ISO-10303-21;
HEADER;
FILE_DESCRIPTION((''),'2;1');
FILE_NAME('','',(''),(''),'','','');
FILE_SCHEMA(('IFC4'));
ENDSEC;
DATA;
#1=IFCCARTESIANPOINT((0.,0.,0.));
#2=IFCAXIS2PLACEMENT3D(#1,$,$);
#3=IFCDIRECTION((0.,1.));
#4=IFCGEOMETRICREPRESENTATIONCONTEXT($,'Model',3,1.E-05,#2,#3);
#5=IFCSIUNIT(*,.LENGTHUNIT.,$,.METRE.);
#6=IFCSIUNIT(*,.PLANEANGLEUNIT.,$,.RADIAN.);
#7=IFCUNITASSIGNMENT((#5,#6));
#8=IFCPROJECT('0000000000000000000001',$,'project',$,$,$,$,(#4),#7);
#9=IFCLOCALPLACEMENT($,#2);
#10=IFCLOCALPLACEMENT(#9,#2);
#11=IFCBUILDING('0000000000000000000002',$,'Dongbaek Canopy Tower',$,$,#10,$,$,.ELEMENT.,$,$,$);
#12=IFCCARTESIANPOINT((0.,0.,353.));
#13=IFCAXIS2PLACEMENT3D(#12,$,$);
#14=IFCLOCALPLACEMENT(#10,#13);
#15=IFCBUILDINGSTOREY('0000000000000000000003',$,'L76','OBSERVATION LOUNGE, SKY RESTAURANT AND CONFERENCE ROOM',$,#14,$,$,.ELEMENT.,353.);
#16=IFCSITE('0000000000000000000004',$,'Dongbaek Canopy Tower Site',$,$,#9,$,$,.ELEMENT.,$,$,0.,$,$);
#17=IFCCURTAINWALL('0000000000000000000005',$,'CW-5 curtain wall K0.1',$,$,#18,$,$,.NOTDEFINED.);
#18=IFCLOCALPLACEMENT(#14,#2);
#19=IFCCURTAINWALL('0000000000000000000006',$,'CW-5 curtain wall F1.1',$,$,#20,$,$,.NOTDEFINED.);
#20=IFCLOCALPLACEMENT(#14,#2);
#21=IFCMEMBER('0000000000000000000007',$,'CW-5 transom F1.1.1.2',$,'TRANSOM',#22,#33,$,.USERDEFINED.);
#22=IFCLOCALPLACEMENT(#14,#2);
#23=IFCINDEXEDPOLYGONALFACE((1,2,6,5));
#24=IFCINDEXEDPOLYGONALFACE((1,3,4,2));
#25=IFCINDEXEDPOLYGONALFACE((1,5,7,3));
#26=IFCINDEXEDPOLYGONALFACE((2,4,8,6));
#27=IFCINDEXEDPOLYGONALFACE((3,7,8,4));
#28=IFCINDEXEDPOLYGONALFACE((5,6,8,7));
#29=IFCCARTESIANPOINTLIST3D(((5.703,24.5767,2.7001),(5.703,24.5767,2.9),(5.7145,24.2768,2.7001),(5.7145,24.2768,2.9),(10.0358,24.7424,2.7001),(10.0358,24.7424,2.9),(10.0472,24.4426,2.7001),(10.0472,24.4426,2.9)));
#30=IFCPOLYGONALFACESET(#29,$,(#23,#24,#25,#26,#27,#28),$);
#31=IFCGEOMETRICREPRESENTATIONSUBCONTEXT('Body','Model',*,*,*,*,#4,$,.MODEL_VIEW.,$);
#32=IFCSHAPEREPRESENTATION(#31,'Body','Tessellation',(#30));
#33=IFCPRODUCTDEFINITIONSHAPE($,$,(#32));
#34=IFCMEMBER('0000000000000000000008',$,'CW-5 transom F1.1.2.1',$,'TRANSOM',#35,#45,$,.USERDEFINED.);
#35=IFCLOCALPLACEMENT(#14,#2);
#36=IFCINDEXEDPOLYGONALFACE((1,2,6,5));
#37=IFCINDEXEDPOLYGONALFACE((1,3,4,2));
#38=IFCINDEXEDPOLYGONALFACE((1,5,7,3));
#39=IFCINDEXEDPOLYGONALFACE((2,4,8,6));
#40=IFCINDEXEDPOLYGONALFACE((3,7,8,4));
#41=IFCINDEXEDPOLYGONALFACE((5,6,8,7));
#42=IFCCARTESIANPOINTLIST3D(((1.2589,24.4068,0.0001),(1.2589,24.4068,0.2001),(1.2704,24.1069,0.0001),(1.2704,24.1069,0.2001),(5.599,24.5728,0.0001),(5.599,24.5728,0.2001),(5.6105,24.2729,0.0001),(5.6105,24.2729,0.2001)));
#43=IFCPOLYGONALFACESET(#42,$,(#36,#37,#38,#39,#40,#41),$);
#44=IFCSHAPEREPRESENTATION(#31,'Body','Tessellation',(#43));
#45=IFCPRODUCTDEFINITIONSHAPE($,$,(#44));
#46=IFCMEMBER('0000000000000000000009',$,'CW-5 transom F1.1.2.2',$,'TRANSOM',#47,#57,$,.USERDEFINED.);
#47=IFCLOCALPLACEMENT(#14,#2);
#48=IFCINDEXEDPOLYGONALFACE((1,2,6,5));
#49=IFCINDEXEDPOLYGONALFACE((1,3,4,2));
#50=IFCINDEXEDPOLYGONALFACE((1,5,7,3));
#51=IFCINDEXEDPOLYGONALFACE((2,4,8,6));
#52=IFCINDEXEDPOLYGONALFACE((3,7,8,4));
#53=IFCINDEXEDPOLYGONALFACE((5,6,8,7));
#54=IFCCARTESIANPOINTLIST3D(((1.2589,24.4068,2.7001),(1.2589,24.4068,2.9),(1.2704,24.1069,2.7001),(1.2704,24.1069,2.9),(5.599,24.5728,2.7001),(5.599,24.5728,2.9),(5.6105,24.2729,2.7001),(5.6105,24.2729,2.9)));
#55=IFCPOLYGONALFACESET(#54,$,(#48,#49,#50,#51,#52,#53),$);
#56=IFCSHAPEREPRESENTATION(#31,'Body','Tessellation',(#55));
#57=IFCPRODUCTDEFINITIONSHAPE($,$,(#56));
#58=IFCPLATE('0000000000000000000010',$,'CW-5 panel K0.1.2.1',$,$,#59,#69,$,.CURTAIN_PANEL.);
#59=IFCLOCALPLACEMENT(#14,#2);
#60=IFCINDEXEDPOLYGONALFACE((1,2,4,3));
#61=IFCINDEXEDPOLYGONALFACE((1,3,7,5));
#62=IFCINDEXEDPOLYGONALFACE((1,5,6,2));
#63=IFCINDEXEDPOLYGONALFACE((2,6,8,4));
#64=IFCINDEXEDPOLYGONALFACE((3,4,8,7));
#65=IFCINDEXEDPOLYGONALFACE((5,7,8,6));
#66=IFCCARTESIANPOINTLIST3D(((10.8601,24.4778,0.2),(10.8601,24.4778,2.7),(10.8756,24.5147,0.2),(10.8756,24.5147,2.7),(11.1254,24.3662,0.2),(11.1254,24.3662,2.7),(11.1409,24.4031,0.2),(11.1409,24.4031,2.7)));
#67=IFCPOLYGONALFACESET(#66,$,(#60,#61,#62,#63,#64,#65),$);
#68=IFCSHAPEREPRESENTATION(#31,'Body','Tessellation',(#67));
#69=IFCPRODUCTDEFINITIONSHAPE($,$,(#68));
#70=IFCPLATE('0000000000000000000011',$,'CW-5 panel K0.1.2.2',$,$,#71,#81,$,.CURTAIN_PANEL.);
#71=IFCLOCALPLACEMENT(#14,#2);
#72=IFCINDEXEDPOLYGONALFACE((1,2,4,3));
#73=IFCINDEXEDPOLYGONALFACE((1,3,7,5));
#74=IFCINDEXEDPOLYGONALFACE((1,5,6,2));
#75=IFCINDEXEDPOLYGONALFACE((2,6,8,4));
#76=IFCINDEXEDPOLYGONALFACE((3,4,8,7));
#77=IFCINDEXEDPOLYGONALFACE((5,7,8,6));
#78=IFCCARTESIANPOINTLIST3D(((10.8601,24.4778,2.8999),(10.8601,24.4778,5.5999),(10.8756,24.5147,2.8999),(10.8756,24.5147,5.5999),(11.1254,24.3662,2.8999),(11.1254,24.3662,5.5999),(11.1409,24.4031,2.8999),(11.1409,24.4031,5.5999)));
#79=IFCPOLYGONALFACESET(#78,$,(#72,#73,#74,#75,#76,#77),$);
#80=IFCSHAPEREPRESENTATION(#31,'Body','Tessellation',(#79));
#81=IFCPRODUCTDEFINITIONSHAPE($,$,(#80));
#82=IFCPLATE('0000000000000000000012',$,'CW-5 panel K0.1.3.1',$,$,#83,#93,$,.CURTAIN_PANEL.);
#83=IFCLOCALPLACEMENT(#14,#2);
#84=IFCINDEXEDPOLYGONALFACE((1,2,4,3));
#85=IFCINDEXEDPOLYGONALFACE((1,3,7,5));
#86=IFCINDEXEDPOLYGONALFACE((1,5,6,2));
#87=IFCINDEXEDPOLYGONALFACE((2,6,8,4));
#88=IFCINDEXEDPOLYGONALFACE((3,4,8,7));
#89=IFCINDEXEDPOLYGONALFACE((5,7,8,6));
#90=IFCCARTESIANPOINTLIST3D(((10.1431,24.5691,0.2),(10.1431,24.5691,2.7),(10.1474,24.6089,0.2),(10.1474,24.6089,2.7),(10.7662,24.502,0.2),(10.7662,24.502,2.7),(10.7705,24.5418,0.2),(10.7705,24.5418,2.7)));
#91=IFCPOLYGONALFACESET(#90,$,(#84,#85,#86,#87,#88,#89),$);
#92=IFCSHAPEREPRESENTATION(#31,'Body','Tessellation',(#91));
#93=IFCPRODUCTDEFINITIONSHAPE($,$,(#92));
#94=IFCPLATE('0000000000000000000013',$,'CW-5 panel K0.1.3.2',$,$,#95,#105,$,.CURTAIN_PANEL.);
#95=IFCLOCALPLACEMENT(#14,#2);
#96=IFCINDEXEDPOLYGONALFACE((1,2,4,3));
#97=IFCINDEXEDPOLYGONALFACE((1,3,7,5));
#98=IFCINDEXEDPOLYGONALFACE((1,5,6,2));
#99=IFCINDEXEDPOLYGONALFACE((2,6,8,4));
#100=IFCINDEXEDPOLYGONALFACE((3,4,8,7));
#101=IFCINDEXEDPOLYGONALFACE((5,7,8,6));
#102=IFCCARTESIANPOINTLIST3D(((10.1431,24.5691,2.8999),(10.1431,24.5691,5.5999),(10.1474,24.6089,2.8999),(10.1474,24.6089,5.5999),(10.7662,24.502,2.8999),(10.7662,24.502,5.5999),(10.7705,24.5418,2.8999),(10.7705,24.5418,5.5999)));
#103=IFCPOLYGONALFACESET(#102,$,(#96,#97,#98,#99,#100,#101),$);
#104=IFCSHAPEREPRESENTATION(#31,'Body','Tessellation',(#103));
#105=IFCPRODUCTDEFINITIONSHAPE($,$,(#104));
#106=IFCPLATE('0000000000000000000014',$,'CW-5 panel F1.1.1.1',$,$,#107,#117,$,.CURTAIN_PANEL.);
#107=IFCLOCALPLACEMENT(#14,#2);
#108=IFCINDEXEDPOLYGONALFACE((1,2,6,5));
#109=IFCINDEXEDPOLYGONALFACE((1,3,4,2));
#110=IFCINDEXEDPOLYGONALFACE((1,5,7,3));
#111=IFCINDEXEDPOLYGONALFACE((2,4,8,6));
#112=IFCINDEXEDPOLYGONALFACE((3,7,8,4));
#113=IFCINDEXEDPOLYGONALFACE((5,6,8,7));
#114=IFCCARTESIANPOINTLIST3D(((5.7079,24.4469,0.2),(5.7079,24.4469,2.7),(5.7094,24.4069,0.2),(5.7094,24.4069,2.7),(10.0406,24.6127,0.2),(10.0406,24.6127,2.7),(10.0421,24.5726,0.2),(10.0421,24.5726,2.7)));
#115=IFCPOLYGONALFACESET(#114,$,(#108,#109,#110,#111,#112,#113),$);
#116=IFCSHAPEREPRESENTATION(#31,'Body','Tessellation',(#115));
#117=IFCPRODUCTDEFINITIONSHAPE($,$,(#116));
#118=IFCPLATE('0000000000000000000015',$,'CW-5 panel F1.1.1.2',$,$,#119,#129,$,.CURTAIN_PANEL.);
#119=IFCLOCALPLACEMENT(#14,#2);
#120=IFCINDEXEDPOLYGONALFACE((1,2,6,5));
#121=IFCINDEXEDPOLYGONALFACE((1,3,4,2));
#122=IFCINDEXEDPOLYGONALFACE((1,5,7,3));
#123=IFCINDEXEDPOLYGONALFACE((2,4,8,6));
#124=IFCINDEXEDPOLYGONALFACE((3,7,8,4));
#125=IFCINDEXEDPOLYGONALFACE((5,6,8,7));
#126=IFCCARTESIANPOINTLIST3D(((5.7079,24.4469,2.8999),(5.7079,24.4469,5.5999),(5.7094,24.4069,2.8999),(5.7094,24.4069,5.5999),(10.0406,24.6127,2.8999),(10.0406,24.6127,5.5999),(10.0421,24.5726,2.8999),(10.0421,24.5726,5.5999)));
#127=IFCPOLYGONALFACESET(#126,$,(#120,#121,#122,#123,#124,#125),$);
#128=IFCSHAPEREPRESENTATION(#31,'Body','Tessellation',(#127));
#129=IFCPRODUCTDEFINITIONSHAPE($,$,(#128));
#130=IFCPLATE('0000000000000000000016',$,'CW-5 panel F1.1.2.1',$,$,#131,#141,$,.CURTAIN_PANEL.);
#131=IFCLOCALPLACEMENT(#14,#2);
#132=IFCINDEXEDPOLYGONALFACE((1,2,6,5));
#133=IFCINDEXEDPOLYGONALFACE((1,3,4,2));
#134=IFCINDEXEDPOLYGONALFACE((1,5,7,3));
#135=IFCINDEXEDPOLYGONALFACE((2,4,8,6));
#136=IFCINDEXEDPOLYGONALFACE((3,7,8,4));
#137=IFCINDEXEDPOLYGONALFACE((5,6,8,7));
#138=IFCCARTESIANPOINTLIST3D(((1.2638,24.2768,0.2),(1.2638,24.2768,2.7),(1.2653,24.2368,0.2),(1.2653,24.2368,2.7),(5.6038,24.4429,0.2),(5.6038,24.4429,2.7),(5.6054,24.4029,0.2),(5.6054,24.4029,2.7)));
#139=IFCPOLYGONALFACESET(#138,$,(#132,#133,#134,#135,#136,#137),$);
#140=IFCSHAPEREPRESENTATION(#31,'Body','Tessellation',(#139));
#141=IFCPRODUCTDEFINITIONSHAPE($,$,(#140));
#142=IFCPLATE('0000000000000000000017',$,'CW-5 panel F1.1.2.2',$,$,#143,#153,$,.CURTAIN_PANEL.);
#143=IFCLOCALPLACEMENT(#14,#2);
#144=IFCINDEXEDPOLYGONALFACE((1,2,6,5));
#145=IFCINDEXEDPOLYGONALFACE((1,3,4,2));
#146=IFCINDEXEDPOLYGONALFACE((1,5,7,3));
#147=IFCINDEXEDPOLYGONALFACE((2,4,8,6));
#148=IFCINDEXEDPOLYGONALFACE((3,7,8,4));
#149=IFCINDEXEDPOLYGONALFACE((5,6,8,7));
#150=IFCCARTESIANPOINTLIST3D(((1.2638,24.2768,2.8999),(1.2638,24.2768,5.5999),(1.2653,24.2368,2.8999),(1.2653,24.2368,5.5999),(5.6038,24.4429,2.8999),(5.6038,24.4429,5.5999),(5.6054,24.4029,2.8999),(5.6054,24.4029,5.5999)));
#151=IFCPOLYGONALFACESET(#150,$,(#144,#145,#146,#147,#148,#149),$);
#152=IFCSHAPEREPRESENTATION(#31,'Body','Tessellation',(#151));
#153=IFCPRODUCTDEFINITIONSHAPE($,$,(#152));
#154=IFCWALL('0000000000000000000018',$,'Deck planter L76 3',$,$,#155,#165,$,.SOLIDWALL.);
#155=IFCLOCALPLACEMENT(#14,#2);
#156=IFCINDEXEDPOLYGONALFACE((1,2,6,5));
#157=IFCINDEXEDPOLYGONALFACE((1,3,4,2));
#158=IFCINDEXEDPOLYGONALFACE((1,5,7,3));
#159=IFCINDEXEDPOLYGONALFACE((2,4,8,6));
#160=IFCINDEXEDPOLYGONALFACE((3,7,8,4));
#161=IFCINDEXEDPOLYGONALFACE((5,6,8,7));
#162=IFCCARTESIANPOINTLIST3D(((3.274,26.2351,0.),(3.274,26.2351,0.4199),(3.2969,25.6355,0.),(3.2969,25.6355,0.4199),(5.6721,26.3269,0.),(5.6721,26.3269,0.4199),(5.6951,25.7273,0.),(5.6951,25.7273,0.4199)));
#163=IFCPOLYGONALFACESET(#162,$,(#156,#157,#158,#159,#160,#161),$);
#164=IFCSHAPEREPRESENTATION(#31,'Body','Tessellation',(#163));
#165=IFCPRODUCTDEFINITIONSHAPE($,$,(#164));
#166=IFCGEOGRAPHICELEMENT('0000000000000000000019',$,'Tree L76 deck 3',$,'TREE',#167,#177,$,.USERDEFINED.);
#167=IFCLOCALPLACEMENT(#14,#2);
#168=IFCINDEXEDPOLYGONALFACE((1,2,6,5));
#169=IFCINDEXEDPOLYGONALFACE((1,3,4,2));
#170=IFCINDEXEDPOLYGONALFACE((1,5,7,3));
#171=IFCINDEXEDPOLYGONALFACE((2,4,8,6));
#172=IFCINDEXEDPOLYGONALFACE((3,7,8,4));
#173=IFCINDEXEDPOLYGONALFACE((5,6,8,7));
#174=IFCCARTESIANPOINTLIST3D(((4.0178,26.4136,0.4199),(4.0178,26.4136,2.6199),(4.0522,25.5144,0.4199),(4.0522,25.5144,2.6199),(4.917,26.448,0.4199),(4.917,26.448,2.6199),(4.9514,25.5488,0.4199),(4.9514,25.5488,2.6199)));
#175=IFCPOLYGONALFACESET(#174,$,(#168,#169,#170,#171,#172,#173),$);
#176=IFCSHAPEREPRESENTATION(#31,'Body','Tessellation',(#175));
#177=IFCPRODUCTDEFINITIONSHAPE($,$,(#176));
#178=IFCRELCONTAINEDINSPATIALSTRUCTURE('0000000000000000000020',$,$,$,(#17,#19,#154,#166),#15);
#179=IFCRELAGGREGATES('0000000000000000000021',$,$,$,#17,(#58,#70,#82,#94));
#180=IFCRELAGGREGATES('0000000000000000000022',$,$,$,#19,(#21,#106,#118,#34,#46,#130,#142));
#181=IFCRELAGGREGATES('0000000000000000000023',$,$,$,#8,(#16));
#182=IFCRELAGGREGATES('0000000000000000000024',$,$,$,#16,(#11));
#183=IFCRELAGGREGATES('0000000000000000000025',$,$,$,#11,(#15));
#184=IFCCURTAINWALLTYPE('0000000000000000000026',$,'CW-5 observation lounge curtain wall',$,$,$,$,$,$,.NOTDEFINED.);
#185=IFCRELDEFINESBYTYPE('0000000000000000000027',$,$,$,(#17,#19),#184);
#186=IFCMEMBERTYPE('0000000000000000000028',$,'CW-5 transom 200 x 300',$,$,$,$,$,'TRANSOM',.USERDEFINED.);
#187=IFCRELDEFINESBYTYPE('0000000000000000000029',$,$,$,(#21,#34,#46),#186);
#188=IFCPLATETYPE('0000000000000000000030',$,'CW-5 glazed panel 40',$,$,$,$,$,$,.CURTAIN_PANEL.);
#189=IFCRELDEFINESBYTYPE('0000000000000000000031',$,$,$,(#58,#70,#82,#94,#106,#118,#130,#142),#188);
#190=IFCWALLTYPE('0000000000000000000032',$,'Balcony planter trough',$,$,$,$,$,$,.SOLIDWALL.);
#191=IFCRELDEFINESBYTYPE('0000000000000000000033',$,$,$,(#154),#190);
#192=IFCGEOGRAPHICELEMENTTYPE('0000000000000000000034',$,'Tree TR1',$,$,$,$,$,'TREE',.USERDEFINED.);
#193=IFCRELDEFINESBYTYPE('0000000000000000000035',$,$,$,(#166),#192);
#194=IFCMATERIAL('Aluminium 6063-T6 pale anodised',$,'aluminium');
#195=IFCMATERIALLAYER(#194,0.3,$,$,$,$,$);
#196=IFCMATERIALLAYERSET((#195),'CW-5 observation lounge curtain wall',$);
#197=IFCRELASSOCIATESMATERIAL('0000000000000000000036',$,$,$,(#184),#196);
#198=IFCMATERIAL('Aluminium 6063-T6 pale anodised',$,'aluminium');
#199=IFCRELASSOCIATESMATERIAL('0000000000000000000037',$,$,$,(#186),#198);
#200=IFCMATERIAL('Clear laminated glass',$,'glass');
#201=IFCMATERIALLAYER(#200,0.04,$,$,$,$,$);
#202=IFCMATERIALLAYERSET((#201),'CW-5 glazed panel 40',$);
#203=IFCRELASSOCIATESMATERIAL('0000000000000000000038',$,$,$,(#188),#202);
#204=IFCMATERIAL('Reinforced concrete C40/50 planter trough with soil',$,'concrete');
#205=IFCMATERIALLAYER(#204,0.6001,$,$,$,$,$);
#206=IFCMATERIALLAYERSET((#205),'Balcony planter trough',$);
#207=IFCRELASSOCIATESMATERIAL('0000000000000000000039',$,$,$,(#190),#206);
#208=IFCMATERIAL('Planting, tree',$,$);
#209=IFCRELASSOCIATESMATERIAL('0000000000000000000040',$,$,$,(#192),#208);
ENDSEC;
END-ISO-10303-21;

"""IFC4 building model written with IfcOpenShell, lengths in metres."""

from ifc_helpers import new_model, si_unit, direction, frame, frame_2d, origin, origin_2d, place, context, subcontext, project, spatial, rectangle, extrude, material, layer, layer_set, material_profile, profile_set, type_object, element, aggregate, save


model = new_model("IFC4")

# Units and contexts
model_context = context("Model", 3, precision=1e-05, world=origin(), true_north=direction((0.0, 1.0)))
body_context = subcontext(model_context, "Body", "Model", "MODEL_VIEW")
ifc_project = project(units=[si_unit("LENGTHUNIT", "METRE"), si_unit("PLANEANGLEUNIT", "RADIAN")], contexts=[model_context])

# Site, building, storey
site_placement = place(None, origin())
site = spatial("IfcSite", under=ifc_project, at=site_placement, Name="Dongbaek Canopy Tower Site", CompositionType="ELEMENT", RefElevation=0.0)
building_placement = place(site_placement, origin())
building = spatial("IfcBuilding", under=site, at=building_placement, Name="Dongbaek Canopy Tower", CompositionType="ELEMENT")
storey_placement = place(building_placement, frame((0.0, 0.0, 353.0)))
storey = spatial("IfcBuildingStorey", under=building, at=storey_placement, Name="L76", Description="OBSERVATION LOUNGE, SKY RESTAURANT AND CONFERENCE ROOM", CompositionType="ELEMENT", Elevation=353.0)

# Curtain walls
ifc_material_1 = material(Name="Aluminium 6063-T6 pale anodised", Category="aluminium")
ifc_layer_1 = layer(ifc_material_1, 0.3)
ifc_layer_set_1 = layer_set([ifc_layer_1], Name="CW-5 observation lounge curtain wall")
curtain_wall_type = type_object("IfcCurtainWallType", Name="CW-5 observation lounge curtain wall", PredefinedType="NOTDEFINED", material=ifc_layer_set_1)
curtain_wall_1_placement = place(storey_placement, origin())
curtain_wall_1 = element("IfcCurtainWall", 1, at=curtain_wall_1_placement, inside=storey, type_object=curtain_wall_type, Name="CW-5 curtain wall K0.1", PredefinedType="NOTDEFINED")
curtain_wall_2_placement = place(storey_placement, origin())
curtain_wall_2 = element("IfcCurtainWall", 2, at=curtain_wall_2_placement, inside=storey, type_object=curtain_wall_type, Name="CW-5 curtain wall F1.1", PredefinedType="NOTDEFINED")

# Members
ifc_material_2 = material(Name="Aluminium 6063-T6 pale anodised", Category="aluminium")
ifc_material_profile_1 = material_profile(ifc_material_2, rectangle(XDim=0.3, YDim=0.2, at=origin_2d()), Name="CW-5 transom 200 x 300")
ifc_profile_set_1 = profile_set([ifc_material_profile_1], Name="Aluminium 6063-T6 pale anodised")
member_type_1 = type_object("IfcMemberType", Name="CW-5 transom 200 x 300", ElementType="TRANSOM", PredefinedType="USERDEFINED", material=ifc_profile_set_1)
member_1_placement = place(storey_placement, frame((10.0415, 24.5925, 2.8), z_axis=(-0.999269, -0.038232, 0.0), x_axis=(0.038232, -0.999269, 0.0)))
member_1 = element("IfcMember", 3, at=member_1_placement, type_object=member_type_1, Name="CW-5 transom F1.1.1.2", ObjectType="TRANSOM", PredefinedType="USERDEFINED", context=body_context, shape_type="SweptSolid", body=[
    extrude(rectangle(XDim=0.3, YDim=0.2, at=origin_2d()), origin(), (0.0, 0.0, 1.0), 4.3359),
])
member_2_placement = place(storey_placement, frame((5.6047, 24.4229, 0.1001), z_axis=(-0.999269, -0.038224, 0.0), x_axis=(0.038224, -0.999269, 0.0)))
member_2 = element("IfcMember", 4, at=member_2_placement, type_object=member_type_1, Name="CW-5 transom F1.1.2.1", ObjectType="TRANSOM", PredefinedType="USERDEFINED", context=body_context, shape_type="SweptSolid", body=[
    extrude(rectangle(XDim=0.3, YDim=0.2, at=origin_2d()), origin(), (0.0, 0.0, 1.0), 4.3433),
])
member_3_placement = place(storey_placement, frame((5.6047, 24.4229, 2.8), z_axis=(-0.999269, -0.038224, 0.0), x_axis=(0.038224, -0.999269, 0.0)))
member_3 = element("IfcMember", 5, at=member_3_placement, type_object=member_type_1, Name="CW-5 transom F1.1.2.2", ObjectType="TRANSOM", PredefinedType="USERDEFINED", context=body_context, shape_type="SweptSolid", body=[
    extrude(rectangle(XDim=0.3, YDim=0.2, at=origin_2d()), origin(), (0.0, 0.0, 1.0), 4.3433),
])

# Plates
ifc_material_3 = material(Name="Clear laminated glass", Category="glass")
ifc_layer_2 = layer(ifc_material_3, 0.04)
ifc_layer_set_2 = layer_set([ifc_layer_2], Name="CW-5 glazed panel 40")
plate_type = type_object("IfcPlateType", Name="CW-5 glazed panel 40", PredefinedType="CURTAIN_PANEL", material=ifc_layer_set_2)
plate_1_placement = place(storey_placement, frame((11.0005, 24.4404, 0.2), z_axis=(0.0, 0.0, 1.0), x_axis=(-0.921712, 0.387874, 0.0)))
plate_1 = element("IfcPlate", 6, at=plate_1_placement, type_object=plate_type, Name="CW-5 panel K0.1.2.1", PredefinedType="CURTAIN_PANEL", context=body_context, shape_type="SweptSolid", body=[
    extrude(rectangle(XDim=0.2878, YDim=0.04, at=origin_2d()), origin(), (0.0, 0.0, 1.0), 2.5),
])
plate_2_placement = place(storey_placement, frame((11.0005, 24.4404, 2.8999), z_axis=(0.0, 0.0, 1.0), x_axis=(-0.921712, 0.387874, 0.0)))
plate_2 = element("IfcPlate", 7, at=plate_2_placement, type_object=plate_type, Name="CW-5 panel K0.1.2.2", PredefinedType="CURTAIN_PANEL", context=body_context, shape_type="SweptSolid", body=[
    extrude(rectangle(XDim=0.2878, YDim=0.04, at=origin_2d()), origin(), (0.0, 0.0, 1.0), 2.7),
])
plate_3_placement = place(storey_placement, frame((10.4568, 24.5554, 0.2), z_axis=(0.0, 0.0, 1.0), x_axis=(-0.994251, 0.107074, 0.0)))
plate_3 = element("IfcPlate", 8, at=plate_3_placement, type_object=plate_type, Name="CW-5 panel K0.1.3.1", PredefinedType="CURTAIN_PANEL", context=body_context, shape_type="SweptSolid", body=[
    extrude(rectangle(XDim=0.6267, YDim=0.04, at=origin_2d()), origin(), (0.0, 0.0, 1.0), 2.5),
])
plate_4_placement = place(storey_placement, frame((10.4568, 24.5554, 2.8999), z_axis=(0.0, 0.0, 1.0), x_axis=(-0.994251, 0.107074, 0.0)))
plate_4 = element("IfcPlate", 9, at=plate_4_placement, type_object=plate_type, Name="CW-5 panel K0.1.3.2", PredefinedType="CURTAIN_PANEL", context=body_context, shape_type="SweptSolid", body=[
    extrude(rectangle(XDim=0.6267, YDim=0.04, at=origin_2d()), origin(), (0.0, 0.0, 1.0), 2.7),
])
aggregate(curtain_wall_1, [plate_1, plate_2, plate_3, plate_4])
plate_5_placement = place(storey_placement, frame((7.875, 24.5098, 0.2), z_axis=(0.0, 0.0, 1.0), x_axis=(-0.999269, -0.038232, 0.0)))
plate_5 = element("IfcPlate", 10, at=plate_5_placement, type_object=plate_type, Name="CW-5 panel F1.1.1.1", PredefinedType="CURTAIN_PANEL", context=body_context, shape_type="SweptSolid", body=[
    extrude(rectangle(XDim=4.3359, YDim=0.04, at=origin_2d()), origin(), (0.0, 0.0, 1.0), 2.5),
])
plate_6_placement = place(storey_placement, frame((7.875, 24.5098, 2.8999), z_axis=(0.0, 0.0, 1.0), x_axis=(-0.999269, -0.038232, 0.0)))
plate_6 = element("IfcPlate", 11, at=plate_6_placement, type_object=plate_type, Name="CW-5 panel F1.1.1.2", PredefinedType="CURTAIN_PANEL", context=body_context, shape_type="SweptSolid", body=[
    extrude(rectangle(XDim=4.3359, YDim=0.04, at=origin_2d()), origin(), (0.0, 0.0, 1.0), 2.7),
])
plate_7_placement = place(storey_placement, frame((3.4346, 24.3398, 0.2), z_axis=(0.0, 0.0, 1.0), x_axis=(-0.999269, -0.038232, 0.0)))
plate_7 = element("IfcPlate", 12, at=plate_7_placement, type_object=plate_type, Name="CW-5 panel F1.1.2.1", PredefinedType="CURTAIN_PANEL", context=body_context, shape_type="SweptSolid", body=[
    extrude(rectangle(XDim=4.3433, YDim=0.04, at=origin_2d()), origin(), (0.0, 0.0, 1.0), 2.5),
])
plate_8_placement = place(storey_placement, frame((3.4346, 24.3398, 2.8999), z_axis=(0.0, 0.0, 1.0), x_axis=(-0.999269, -0.038232, 0.0)))
plate_8 = element("IfcPlate", 13, at=plate_8_placement, type_object=plate_type, Name="CW-5 panel F1.1.2.2", PredefinedType="CURTAIN_PANEL", context=body_context, shape_type="SweptSolid", body=[
    extrude(rectangle(XDim=4.3433, YDim=0.04, at=origin_2d()), origin(), (0.0, 0.0, 1.0), 2.7),
])
aggregate(curtain_wall_2, [member_1, plate_5, plate_6, member_2, member_3, plate_7, plate_8])

# Wall
ifc_material_4 = material(Name="Reinforced concrete C40/50 planter trough with soil", Category="concrete")
ifc_layer_3 = layer(ifc_material_4, 0.6001)
ifc_layer_set_3 = layer_set([ifc_layer_3], Name="Balcony planter trough")
wall_type = type_object("IfcWallType", Name="Balcony planter trough", PredefinedType="SOLIDWALL", material=ifc_layer_set_3)
wall_placement = place(storey_placement, frame((5.6836, 26.0271, 0.0), z_axis=(0.0, 0.0, 1.0), x_axis=(-0.999268, -0.03825, 0.0)))
element("IfcWall", 14, at=wall_placement, inside=storey, type_object=wall_type, Name="Deck planter L76 3", PredefinedType="SOLIDWALL", context=body_context, shape_type="SweptSolid", body=[
    extrude(rectangle(XDim=2.3999, YDim=0.6001, at=frame_2d((1.2, 0.0))), origin(), (0.0, 0.0, 1.0), 0.4199),
])

# Geographic element
ifc_material_5 = material(Name="Planting, tree")
geographic_element_type = type_object("IfcGeographicElementType", Name="Tree TR1", ElementType="TREE", PredefinedType="USERDEFINED", material=ifc_material_5)
geographic_element_placement = place(storey_placement, frame((4.4846, 25.9812, 0.4199), z_axis=(0.0, 0.0, 1.0), x_axis=(-0.999269, -0.038232, 0.0)))
element("IfcGeographicElement", 15, at=geographic_element_placement, inside=storey, type_object=geographic_element_type, Name="Tree L76 deck 3", ObjectType="TREE", PredefinedType="USERDEFINED", context=body_context, shape_type="SweptSolid", body=[
    extrude(rectangle(XDim=0.8999, YDim=0.8999, at=origin_2d()), origin(), (0.0, 0.0, 1.0), 2.2),
])

save(model, "model.ifc")
